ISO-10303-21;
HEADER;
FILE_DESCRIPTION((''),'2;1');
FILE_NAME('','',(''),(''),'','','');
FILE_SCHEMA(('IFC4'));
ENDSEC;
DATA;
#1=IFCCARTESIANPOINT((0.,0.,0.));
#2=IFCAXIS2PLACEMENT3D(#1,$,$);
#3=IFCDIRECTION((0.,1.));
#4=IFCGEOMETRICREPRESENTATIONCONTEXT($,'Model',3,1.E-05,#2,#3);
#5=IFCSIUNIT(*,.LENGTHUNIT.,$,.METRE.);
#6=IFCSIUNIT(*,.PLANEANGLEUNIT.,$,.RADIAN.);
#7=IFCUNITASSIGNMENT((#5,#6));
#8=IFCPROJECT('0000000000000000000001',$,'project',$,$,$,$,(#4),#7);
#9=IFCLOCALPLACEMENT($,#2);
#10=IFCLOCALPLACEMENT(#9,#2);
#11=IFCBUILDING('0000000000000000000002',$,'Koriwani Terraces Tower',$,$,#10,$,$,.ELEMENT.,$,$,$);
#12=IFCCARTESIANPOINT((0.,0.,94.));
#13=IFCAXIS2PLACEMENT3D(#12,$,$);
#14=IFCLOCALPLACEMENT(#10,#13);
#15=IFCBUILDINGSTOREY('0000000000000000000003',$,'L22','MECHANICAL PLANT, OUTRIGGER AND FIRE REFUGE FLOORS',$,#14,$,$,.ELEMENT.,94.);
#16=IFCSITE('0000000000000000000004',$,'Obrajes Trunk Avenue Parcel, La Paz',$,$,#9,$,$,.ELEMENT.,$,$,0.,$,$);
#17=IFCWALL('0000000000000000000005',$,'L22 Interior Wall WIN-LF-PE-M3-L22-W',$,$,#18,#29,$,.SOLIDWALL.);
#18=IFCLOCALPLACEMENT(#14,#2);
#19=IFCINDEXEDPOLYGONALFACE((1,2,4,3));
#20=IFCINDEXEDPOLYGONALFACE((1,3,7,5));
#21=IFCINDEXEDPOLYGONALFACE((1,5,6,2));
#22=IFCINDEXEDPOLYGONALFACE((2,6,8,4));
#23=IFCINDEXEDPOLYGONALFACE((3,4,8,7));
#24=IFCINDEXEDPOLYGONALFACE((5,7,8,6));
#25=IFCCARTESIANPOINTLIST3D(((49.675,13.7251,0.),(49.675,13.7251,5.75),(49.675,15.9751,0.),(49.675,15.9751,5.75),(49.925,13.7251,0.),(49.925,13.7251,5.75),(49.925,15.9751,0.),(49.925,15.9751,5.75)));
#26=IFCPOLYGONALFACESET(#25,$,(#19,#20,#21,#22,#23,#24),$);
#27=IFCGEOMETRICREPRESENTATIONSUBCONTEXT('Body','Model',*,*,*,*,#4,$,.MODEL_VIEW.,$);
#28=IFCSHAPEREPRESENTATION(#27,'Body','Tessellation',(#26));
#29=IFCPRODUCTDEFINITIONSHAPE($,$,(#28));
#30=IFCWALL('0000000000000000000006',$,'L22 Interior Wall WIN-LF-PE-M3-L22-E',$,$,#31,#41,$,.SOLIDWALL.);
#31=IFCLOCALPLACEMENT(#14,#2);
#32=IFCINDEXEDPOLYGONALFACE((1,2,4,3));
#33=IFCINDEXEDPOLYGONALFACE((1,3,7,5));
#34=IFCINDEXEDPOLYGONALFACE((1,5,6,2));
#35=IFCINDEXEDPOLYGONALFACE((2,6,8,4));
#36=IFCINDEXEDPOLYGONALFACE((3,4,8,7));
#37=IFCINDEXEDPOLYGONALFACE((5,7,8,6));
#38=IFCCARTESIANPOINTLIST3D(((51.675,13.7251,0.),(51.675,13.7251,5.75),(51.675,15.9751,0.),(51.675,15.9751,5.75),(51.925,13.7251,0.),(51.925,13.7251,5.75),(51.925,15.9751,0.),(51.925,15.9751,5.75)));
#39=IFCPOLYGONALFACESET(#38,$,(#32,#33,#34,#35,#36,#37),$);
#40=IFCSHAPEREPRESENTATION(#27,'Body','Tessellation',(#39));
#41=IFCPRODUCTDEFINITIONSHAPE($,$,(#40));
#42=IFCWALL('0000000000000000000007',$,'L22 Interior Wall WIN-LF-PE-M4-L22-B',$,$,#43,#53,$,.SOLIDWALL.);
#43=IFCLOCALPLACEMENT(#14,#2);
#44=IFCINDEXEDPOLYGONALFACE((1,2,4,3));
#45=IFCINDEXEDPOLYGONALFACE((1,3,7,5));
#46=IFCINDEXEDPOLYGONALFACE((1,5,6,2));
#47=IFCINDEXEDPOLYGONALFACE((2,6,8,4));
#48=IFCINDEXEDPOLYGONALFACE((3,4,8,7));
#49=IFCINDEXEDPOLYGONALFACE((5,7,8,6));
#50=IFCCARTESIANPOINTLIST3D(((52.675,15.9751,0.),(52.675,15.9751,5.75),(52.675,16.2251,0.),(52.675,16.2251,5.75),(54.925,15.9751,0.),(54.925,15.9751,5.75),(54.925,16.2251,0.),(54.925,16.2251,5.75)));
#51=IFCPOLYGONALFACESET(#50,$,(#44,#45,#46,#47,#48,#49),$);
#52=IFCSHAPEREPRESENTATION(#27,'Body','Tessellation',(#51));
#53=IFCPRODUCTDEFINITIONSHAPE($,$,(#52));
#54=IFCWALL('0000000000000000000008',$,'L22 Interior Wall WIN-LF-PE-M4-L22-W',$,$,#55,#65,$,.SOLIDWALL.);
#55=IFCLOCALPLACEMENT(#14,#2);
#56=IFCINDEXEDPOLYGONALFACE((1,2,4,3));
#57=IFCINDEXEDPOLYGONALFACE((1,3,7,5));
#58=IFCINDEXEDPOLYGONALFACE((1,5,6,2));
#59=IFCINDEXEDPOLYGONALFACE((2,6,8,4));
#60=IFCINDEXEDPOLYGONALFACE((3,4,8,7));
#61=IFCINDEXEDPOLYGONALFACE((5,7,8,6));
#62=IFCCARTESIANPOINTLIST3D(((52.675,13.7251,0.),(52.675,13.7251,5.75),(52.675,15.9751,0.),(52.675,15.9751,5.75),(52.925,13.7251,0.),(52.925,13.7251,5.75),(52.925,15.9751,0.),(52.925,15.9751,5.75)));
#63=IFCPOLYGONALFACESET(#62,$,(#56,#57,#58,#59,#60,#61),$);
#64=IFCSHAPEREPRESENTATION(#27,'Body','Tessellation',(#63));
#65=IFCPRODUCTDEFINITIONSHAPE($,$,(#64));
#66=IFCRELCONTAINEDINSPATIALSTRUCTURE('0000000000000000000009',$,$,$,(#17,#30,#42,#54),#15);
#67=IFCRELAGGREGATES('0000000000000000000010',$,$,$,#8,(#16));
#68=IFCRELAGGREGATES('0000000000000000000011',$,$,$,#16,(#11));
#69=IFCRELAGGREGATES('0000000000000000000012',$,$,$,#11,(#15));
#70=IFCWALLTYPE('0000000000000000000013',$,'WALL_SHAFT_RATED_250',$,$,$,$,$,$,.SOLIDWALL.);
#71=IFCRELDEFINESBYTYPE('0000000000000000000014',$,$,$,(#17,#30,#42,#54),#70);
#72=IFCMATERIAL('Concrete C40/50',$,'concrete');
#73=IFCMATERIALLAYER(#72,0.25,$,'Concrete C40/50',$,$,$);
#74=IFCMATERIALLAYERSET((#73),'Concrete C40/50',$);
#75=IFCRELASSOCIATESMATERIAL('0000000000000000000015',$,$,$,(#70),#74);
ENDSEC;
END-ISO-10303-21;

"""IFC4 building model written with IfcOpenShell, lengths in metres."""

from ifc_helpers import new_model, si_unit, direction, frame, frame_2d, origin, place, context, subcontext, project, spatial, rectangle, extrude, material, layer, layer_set, type_object, element, save


model = new_model("IFC4")

# Units and contexts
model_context = context("Model", 3, precision=1e-05, world=origin(), true_north=direction((0.0, 1.0)))
body_context = subcontext(model_context, "Body", "Model", "MODEL_VIEW")
ifc_project = project(units=[si_unit("LENGTHUNIT", "METRE"), si_unit("PLANEANGLEUNIT", "RADIAN")], contexts=[model_context])

# Site, building, storey
site_placement = place(None, origin())
site = spatial("IfcSite", under=ifc_project, at=site_placement, Name="Obrajes Trunk Avenue Parcel, La Paz", CompositionType="ELEMENT", RefElevation=0.0)
building_placement = place(site_placement, origin())
building = spatial("IfcBuilding", under=site, at=building_placement, Name="Koriwani Terraces Tower", CompositionType="ELEMENT")
storey_placement = place(building_placement, frame((0.0, 0.0, 94.0)))
storey = spatial("IfcBuildingStorey", under=building, at=storey_placement, Name="L22", Description="MECHANICAL PLANT, OUTRIGGER AND FIRE REFUGE FLOORS", CompositionType="ELEMENT", Elevation=94.0)

# Shared definitions
ifc_material_1 = material(Name="Concrete C40/50", Category="concrete")

# Shared definitions
ifc_layer_1 = layer(ifc_material_1, 0.25, Name="Concrete C40/50")
ifc_layer_set_1 = layer_set([ifc_layer_1], Name="Concrete C40/50")
wall_type = type_object("IfcWallType", Name="WALL_SHAFT_RATED_250", PredefinedType="SOLIDWALL", material=ifc_layer_set_1)

# Walls
for number, where, z_axis, x_axis, name in (
    (1, (49.8, 13.7251, 0.0), (0.0, 0.0, 1.0), (0.0, 1.0, 0.0), "L22 Interior Wall WIN-LF-PE-M3-L22-W"),
    (2, (51.8, 13.7251, 0.0), (0.0, 0.0, 1.0), (0.0, 1.0, 0.0), "L22 Interior Wall WIN-LF-PE-M3-L22-E"),
):
    element("IfcWall", number, at=place(storey_placement, frame(where, z_axis=z_axis, x_axis=x_axis)), inside=storey, type_object=wall_type, Name=name, PredefinedType="SOLIDWALL", context=body_context, shape_type="SweptSolid", body=[
        extrude(rectangle(XDim=2.25, YDim=0.25, at=frame_2d((1.125, 0.0))), origin(), (0.0, 0.0, 1.0), 5.75),
    ])

# Walls
for number, where, z_axis, x_axis, name in (
    (3, (52.675, 16.1001, 0.0), (0.0, 0.0, 1.0), (1.0, 0.0, 0.0), "L22 Interior Wall WIN-LF-PE-M4-L22-B"),
    (4, (52.8, 13.7251, 0.0), (0.0, 0.0, 1.0), (0.0, 1.0, 0.0), "L22 Interior Wall WIN-LF-PE-M4-L22-W"),
):
    element("IfcWall", number, at=place(storey_placement, frame(where, z_axis=z_axis, x_axis=x_axis)), inside=storey, type_object=wall_type, Name=name, PredefinedType="SOLIDWALL", context=body_context, shape_type="SweptSolid", body=[
        extrude(rectangle(XDim=2.25, YDim=0.25, at=frame_2d((1.125, 0.0))), origin(), (0.0, 0.0, 1.0), 5.75),
    ])

save(model, "model.ifc")
